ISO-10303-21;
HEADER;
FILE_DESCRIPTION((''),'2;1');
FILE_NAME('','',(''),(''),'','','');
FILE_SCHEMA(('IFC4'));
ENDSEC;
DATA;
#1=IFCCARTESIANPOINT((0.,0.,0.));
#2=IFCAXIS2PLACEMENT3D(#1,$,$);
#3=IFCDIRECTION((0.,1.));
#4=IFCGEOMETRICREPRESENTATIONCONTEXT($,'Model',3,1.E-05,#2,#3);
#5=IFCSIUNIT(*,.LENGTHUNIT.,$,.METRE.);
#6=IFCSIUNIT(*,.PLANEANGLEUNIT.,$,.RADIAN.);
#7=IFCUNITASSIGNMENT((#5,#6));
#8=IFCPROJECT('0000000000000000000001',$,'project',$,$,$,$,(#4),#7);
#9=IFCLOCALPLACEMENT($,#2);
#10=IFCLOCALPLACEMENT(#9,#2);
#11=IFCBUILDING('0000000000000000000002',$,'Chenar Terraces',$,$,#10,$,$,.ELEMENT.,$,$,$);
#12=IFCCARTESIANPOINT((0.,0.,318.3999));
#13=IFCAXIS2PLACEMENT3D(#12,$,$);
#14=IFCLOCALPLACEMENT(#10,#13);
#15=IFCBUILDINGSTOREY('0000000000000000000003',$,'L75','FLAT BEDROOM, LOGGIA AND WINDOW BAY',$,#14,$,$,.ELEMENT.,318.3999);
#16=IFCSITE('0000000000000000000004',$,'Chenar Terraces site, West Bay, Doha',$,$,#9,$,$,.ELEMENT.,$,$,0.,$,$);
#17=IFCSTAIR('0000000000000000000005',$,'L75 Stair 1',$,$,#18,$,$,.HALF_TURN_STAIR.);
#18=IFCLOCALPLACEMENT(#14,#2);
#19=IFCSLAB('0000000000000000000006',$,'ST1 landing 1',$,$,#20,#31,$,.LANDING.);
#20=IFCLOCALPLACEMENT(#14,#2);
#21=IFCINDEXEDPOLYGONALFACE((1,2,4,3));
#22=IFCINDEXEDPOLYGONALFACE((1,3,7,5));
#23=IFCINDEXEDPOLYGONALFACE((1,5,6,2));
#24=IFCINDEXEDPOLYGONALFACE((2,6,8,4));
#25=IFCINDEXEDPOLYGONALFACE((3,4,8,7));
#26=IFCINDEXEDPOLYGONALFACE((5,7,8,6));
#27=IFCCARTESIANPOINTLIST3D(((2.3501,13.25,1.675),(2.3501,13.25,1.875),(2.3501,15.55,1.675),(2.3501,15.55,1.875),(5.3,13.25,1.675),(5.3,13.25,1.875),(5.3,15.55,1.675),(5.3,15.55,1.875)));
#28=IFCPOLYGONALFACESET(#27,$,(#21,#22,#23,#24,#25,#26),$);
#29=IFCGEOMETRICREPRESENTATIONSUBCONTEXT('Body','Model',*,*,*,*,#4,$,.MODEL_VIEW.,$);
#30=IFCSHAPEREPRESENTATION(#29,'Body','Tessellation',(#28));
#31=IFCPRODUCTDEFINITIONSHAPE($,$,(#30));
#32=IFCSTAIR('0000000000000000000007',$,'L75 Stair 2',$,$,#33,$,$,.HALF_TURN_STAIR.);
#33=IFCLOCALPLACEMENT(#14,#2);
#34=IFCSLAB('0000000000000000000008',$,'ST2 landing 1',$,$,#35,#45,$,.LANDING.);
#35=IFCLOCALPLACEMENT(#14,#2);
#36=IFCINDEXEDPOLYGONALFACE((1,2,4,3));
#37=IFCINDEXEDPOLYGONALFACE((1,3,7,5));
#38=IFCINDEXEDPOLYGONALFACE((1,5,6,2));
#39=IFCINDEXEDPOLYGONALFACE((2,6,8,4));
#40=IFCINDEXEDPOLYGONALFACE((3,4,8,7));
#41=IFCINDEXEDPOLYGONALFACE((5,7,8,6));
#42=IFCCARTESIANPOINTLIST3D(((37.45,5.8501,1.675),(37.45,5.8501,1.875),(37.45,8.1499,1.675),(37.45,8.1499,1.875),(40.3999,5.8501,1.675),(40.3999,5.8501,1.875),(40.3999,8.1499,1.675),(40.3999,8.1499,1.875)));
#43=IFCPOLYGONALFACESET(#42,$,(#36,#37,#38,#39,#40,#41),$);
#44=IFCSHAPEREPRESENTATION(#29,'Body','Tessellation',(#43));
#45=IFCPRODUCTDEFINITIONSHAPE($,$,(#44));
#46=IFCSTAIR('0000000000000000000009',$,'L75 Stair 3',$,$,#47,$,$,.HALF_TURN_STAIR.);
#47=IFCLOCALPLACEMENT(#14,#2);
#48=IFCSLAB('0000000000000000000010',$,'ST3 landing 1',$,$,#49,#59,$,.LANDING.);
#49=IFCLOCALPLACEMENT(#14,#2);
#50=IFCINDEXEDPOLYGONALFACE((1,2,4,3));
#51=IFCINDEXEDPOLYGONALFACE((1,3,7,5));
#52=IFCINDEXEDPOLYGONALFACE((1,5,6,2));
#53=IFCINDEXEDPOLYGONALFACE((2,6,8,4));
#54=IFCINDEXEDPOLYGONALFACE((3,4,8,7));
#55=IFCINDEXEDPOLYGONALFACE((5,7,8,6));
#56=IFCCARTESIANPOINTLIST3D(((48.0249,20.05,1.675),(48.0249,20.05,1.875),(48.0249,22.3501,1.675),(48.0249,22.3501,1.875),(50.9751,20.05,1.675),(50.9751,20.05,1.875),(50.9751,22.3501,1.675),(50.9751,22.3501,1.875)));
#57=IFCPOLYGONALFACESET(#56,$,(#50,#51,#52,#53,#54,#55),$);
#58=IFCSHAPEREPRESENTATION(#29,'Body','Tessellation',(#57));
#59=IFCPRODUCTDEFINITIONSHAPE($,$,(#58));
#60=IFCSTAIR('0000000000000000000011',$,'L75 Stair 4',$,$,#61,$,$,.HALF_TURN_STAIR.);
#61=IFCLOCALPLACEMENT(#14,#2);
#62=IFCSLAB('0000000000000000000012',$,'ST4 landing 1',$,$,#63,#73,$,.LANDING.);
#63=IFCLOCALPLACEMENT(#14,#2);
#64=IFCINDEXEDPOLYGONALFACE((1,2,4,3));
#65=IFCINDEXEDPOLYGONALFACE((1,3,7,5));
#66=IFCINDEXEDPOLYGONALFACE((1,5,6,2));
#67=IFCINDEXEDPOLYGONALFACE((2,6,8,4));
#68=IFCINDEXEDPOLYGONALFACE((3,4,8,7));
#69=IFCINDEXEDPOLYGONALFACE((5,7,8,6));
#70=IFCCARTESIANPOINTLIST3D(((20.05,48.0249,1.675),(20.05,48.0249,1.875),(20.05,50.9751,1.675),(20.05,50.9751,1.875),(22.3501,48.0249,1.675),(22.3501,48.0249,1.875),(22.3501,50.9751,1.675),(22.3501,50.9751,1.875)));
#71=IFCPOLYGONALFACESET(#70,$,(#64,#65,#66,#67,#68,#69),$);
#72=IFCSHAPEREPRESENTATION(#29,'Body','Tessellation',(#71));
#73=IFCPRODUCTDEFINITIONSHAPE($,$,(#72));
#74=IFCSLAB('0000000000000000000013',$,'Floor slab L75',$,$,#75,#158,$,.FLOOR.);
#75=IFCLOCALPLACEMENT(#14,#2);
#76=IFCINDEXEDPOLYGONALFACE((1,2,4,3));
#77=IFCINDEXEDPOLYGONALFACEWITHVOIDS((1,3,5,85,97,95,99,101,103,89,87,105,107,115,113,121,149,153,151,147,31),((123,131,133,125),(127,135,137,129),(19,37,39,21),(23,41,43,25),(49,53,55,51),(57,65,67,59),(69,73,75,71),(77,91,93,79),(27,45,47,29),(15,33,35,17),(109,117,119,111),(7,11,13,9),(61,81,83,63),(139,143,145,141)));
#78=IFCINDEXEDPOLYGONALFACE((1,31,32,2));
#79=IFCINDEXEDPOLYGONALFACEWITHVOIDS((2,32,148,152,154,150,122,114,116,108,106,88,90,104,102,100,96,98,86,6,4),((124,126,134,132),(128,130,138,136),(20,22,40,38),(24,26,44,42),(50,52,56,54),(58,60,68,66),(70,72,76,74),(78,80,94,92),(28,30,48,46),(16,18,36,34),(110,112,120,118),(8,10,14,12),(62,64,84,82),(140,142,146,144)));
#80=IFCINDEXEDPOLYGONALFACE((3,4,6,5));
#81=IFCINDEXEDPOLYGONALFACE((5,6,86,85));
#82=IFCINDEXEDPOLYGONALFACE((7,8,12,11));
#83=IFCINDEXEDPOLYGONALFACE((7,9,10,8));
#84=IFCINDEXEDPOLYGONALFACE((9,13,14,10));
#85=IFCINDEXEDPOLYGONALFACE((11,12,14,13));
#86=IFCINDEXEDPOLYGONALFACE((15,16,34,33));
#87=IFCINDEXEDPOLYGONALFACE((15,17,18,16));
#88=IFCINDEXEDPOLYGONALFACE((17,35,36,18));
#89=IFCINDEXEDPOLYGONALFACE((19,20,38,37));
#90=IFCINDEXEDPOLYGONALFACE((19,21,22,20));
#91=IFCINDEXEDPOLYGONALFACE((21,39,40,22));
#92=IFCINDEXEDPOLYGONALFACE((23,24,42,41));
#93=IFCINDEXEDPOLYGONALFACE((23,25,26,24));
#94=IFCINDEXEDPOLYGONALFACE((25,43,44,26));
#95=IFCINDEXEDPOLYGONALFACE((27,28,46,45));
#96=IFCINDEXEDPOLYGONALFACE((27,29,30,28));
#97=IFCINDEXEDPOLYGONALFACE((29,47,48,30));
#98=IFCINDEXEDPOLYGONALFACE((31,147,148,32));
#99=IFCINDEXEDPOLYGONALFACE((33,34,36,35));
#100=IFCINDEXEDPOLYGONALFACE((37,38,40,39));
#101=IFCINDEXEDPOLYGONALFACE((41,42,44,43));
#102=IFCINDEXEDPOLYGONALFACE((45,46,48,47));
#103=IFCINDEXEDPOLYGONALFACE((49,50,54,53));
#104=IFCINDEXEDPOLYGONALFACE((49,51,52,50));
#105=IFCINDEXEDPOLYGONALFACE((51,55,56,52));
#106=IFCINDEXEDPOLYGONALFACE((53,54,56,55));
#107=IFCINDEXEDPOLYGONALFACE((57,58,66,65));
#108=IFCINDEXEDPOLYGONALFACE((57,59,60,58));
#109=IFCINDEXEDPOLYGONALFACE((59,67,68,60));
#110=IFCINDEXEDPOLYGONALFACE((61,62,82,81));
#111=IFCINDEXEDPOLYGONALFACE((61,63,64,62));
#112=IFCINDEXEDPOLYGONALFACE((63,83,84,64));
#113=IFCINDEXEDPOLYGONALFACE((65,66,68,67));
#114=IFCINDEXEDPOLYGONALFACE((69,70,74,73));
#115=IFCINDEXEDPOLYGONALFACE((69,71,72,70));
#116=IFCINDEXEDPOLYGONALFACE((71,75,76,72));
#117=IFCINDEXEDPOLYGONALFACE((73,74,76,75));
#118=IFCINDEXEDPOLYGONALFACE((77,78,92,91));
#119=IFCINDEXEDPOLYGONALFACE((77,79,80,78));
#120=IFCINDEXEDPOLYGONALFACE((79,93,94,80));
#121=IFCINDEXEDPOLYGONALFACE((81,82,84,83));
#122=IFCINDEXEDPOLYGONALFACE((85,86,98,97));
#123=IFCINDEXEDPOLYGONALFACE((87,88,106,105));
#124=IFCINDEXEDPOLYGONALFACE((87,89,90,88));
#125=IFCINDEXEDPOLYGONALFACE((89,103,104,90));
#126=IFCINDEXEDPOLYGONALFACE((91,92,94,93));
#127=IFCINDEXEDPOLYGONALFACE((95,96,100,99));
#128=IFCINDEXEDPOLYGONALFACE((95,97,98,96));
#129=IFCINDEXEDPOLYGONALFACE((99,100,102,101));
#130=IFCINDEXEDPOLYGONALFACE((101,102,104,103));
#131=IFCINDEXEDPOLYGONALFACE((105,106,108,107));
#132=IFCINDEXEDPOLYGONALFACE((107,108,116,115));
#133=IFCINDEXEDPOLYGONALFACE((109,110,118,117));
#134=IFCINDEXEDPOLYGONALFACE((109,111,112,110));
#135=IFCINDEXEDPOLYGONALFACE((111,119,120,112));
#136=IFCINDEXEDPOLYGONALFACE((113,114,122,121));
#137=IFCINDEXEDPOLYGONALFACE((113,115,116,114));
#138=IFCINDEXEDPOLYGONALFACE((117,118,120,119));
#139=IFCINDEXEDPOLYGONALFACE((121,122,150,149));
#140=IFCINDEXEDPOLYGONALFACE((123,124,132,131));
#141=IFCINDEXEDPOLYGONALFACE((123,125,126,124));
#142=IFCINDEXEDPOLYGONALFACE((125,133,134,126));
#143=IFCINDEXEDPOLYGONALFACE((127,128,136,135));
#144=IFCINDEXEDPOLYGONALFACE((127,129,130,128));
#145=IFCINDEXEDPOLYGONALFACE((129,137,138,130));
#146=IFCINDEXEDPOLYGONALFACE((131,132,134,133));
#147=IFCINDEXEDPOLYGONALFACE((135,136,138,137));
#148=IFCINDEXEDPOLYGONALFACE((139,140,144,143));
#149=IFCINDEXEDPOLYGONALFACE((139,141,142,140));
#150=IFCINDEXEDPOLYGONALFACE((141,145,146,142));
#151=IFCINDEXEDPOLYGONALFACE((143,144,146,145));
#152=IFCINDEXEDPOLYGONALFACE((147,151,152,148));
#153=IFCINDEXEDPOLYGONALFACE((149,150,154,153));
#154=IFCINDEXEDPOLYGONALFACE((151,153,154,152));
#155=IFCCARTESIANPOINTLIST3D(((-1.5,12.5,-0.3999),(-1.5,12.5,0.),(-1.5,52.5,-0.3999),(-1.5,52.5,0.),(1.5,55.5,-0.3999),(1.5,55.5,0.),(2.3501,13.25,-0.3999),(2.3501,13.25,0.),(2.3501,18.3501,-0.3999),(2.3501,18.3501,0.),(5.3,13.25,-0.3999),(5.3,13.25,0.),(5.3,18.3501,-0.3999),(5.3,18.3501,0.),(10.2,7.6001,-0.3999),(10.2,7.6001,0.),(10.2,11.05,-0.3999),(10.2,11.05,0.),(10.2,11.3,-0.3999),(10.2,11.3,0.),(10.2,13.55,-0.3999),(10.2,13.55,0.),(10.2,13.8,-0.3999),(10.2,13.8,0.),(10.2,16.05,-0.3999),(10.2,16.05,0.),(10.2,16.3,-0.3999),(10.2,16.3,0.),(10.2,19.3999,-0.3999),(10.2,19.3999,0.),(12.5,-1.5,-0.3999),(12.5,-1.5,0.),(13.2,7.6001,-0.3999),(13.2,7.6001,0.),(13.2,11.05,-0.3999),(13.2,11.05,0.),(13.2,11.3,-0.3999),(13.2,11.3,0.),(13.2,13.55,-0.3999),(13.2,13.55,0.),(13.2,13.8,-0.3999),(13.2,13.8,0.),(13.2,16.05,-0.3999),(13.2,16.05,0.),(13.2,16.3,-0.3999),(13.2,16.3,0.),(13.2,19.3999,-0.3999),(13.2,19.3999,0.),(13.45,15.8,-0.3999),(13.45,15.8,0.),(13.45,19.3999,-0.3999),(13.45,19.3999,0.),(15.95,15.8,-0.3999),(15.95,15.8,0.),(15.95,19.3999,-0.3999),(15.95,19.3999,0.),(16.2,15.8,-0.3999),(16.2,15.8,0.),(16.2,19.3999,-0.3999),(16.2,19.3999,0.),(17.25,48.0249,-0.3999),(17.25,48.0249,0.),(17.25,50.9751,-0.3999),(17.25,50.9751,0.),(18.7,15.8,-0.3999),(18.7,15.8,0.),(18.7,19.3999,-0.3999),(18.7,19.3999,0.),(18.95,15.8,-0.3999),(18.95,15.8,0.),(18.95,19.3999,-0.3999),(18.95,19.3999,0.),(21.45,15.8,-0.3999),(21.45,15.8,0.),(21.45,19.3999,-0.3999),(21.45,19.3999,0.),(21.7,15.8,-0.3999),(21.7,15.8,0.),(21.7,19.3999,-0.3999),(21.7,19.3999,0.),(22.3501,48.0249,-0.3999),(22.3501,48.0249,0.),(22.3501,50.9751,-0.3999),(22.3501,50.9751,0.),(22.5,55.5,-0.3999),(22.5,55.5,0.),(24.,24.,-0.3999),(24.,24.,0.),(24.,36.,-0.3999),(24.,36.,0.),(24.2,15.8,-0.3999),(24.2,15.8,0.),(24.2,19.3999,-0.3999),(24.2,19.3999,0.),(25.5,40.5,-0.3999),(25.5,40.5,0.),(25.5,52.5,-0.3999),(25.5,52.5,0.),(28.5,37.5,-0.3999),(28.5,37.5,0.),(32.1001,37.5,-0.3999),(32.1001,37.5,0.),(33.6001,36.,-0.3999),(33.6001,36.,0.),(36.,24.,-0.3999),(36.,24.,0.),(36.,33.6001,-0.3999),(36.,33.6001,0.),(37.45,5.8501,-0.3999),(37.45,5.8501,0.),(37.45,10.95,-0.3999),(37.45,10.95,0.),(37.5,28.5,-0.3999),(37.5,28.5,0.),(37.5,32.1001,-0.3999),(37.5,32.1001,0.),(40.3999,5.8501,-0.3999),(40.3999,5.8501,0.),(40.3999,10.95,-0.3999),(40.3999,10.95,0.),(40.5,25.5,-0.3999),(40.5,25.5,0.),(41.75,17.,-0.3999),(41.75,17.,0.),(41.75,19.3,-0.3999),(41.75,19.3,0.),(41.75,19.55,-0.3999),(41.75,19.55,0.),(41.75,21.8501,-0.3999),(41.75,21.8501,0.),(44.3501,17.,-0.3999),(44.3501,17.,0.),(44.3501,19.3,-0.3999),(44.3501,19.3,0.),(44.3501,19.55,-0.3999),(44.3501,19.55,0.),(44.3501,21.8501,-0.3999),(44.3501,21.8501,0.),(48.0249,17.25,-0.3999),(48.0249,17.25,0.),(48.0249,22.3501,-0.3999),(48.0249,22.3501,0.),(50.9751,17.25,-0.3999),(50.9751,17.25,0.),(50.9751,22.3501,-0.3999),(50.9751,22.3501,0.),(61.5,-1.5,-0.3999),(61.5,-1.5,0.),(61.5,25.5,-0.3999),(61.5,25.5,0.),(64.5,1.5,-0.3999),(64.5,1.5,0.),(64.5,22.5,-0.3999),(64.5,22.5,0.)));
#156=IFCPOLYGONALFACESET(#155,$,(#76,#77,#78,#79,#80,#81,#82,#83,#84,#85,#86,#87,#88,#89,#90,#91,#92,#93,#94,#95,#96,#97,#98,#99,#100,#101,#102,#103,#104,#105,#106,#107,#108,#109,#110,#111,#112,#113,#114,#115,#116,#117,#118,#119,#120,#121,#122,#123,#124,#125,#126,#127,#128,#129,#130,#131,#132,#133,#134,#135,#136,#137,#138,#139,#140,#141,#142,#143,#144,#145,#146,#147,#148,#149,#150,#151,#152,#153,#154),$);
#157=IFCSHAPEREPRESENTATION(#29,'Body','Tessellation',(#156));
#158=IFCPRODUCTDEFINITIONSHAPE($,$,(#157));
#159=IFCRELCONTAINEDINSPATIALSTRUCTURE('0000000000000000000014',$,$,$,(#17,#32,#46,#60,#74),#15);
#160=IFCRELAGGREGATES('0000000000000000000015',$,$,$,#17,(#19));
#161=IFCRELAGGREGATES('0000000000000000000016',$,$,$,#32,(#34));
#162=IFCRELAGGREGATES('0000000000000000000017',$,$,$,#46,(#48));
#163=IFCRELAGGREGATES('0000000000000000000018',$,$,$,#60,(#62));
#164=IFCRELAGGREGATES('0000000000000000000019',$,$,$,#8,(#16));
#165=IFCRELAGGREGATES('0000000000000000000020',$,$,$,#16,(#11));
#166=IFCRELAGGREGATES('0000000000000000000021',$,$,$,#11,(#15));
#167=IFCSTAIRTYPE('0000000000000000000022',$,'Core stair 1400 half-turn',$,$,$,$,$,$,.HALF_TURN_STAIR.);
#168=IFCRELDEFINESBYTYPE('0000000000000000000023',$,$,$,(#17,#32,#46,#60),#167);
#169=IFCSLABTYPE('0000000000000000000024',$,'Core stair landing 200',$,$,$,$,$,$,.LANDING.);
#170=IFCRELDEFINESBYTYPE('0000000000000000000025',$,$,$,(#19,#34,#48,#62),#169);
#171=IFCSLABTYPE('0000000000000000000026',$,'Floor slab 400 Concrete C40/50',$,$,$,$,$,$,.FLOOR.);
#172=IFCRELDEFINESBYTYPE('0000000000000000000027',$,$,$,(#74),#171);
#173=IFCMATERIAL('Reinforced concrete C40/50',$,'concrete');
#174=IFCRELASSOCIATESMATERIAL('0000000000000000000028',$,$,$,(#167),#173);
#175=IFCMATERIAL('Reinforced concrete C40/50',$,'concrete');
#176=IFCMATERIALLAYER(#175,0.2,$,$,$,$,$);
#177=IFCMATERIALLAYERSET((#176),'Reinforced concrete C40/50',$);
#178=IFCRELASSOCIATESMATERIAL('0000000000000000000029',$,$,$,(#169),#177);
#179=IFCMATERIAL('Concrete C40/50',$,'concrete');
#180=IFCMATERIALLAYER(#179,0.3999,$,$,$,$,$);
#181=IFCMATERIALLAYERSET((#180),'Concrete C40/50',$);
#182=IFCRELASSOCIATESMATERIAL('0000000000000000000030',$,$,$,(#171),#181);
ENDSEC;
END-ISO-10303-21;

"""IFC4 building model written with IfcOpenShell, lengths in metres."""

from ifc_helpers import new_model, si_unit, direction, frame, origin, place, context, subcontext, project, spatial, polyline, outline, extrude, material, layer, layer_set, type_object, element, aggregate, save


model = new_model("IFC4")

# Units and contexts
model_context = context("Model", 3, precision=1e-05, world=origin(), true_north=direction((0.0, 1.0)))
body_context = subcontext(model_context, "Body", "Model", "MODEL_VIEW")
ifc_project = project(units=[si_unit("LENGTHUNIT", "METRE"), si_unit("PLANEANGLEUNIT", "RADIAN")], contexts=[model_context])

# Site, building, storey
site_placement = place(None, origin())
site = spatial("IfcSite", under=ifc_project, at=site_placement, Name="Chenar Terraces site, West Bay, Doha", CompositionType="ELEMENT", RefElevation=0.0)
building_placement = place(site_placement, origin())
building = spatial("IfcBuilding", under=site, at=building_placement, Name="Chenar Terraces", CompositionType="ELEMENT")
storey_placement = place(building_placement, frame((0.0, 0.0, 318.3999)))
storey = spatial("IfcBuildingStorey", under=building, at=storey_placement, Name="L75", Description="FLAT BEDROOM, LOGGIA AND WINDOW BAY", CompositionType="ELEMENT", Elevation=318.3999)

# Stairs, slabs
ifc_material_1 = material(Name="Reinforced concrete C40/50", Category="concrete")
stair_type = type_object("IfcStairType", Name="Core stair 1400 half-turn", PredefinedType="HALF_TURN_STAIR", material=ifc_material_1)
placement_1 = place(storey_placement, origin())
stair_1 = element("IfcStair", 1, at=placement_1, inside=storey, type_object=stair_type, Name="L75 Stair 1", PredefinedType="HALF_TURN_STAIR")
ifc_material_2 = material(Name="Reinforced concrete C40/50", Category="concrete")
ifc_layer_1 = layer(ifc_material_2, 0.2)
ifc_layer_set_1 = layer_set([ifc_layer_1], Name="Reinforced concrete C40/50")
slab_type_1 = type_object("IfcSlabType", Name="Core stair landing 200", PredefinedType="LANDING", material=ifc_layer_set_1)
placement_2 = place(storey_placement, frame((0.0, 0.0, 1.675)))
slab_1 = element("IfcSlab", 2, at=placement_2, type_object=slab_type_1, Name="ST1 landing 1", PredefinedType="LANDING", context=body_context, shape_type="SweptSolid", body=[
    extrude(outline(polyline([(2.3501, 15.55), (2.3501, 13.25), (5.3, 13.25), (5.3, 15.55), (2.3501, 15.55)])), origin(), (0.0, 0.0, 1.0), 0.2),
])
aggregate(stair_1, [slab_1])
stair_2 = element("IfcStair", 3, at=placement_1, inside=storey, type_object=stair_type, Name="L75 Stair 2", PredefinedType="HALF_TURN_STAIR")
slab_2 = element("IfcSlab", 4, at=placement_2, type_object=slab_type_1, Name="ST2 landing 1", PredefinedType="LANDING", context=body_context, shape_type="SweptSolid", body=[
    extrude(outline(polyline([(37.45, 8.1499), (37.45, 5.8501), (40.3999, 5.8501), (40.3999, 8.1499), (37.45, 8.1499)])), origin(), (0.0, 0.0, 1.0), 0.2),
])
aggregate(stair_2, [slab_2])
stair_3 = element("IfcStair", 5, at=placement_1, inside=storey, type_object=stair_type, Name="L75 Stair 3", PredefinedType="HALF_TURN_STAIR")
slab_3 = element("IfcSlab", 6, at=placement_2, type_object=slab_type_1, Name="ST3 landing 1", PredefinedType="LANDING", context=body_context, shape_type="SweptSolid", body=[
    extrude(outline(polyline([(50.9751, 20.05), (50.9751, 22.3501), (48.0249, 22.3501), (48.0249, 20.05), (50.9751, 20.05)])), origin(), (0.0, 0.0, 1.0), 0.2),
])
aggregate(stair_3, [slab_3])
stair_4 = element("IfcStair", 7, at=placement_1, inside=storey, type_object=stair_type, Name="L75 Stair 4", PredefinedType="HALF_TURN_STAIR")
slab_4 = element("IfcSlab", 8, at=placement_2, type_object=slab_type_1, Name="ST4 landing 1", PredefinedType="LANDING", context=body_context, shape_type="SweptSolid", body=[
    extrude(outline(polyline([(20.05, 48.0249), (22.3501, 48.0249), (22.3501, 50.9751), (20.05, 50.9751), (20.05, 48.0249)])), origin(), (0.0, 0.0, 1.0), 0.2),
])
aggregate(stair_4, [slab_4])

# Slab
ifc_material_3 = material(Name="Concrete C40/50", Category="concrete")
ifc_layer_2 = layer(ifc_material_3, 0.3999)
ifc_layer_set_2 = layer_set([ifc_layer_2], Name="Concrete C40/50")
slab_type_2 = type_object("IfcSlabType", Name="Floor slab 400 Concrete C40/50", PredefinedType="FLOOR", material=ifc_layer_set_2)
slab_5_placement = place(storey_placement, frame((0.0, 0.0, -0.3999)))
element("IfcSlab", 9, at=slab_5_placement, inside=storey, type_object=slab_type_2, Name="Floor slab L75", PredefinedType="FLOOR", context=body_context, shape_type="SweptSolid", body=[
    extrude(outline(polyline([(64.5, 22.5), (64.5, 1.5), (61.5, -1.5), (12.5, -1.5), (-1.5, 12.5), (-1.5, 52.5), (1.5, 55.5), (22.5, 55.5), (25.5, 52.5), (25.5, 40.5), (28.5, 37.5), (32.1001, 37.5), (33.6001, 36.0), (24.0, 36.0), (24.0, 24.0), (36.0, 24.0), (36.0, 33.6001), (37.5, 32.1001), (37.5, 28.5), (40.5, 25.5), (61.5, 25.5), (64.5, 22.5)]), holes=[polyline([(10.2, 11.05), (10.2, 7.6001), (13.2, 7.6001), (13.2, 11.05), (10.2, 11.05)]), polyline([(13.2, 13.55), (10.2, 13.55), (10.2, 11.3), (13.2, 11.3), (13.2, 13.55)]), polyline([(13.2, 16.05), (10.2, 16.05), (10.2, 13.8), (13.2, 13.8), (13.2, 16.05)]), polyline([(2.3501, 13.25), (5.3, 13.25), (5.3, 18.3501), (2.3501, 18.3501), (2.3501, 13.25)]), polyline([(15.95, 19.3999), (13.45, 19.3999), (13.45, 15.8), (15.95, 15.8), (15.95, 19.3999)]), polyline([(18.7, 19.3999), (16.2, 19.3999), (16.2, 15.8), (18.7, 15.8), (18.7, 19.3999)]), polyline([(13.2, 19.3999), (10.2, 19.3999), (10.2, 16.3), (13.2, 16.3), (13.2, 19.3999)]), polyline([(22.3501, 48.0249), (22.3501, 50.9751), (17.25, 50.9751), (17.25, 48.0249), (22.3501, 48.0249)]), polyline([(37.45, 5.8501), (40.3999, 5.8501), (40.3999, 10.95), (37.45, 10.95), (37.45, 5.8501)]), polyline([(21.45, 19.3999), (18.95, 19.3999), (18.95, 15.8), (21.45, 15.8), (21.45, 19.3999)]), polyline([(24.2, 19.3999), (21.7, 19.3999), (21.7, 15.8), (24.2, 15.8), (24.2, 19.3999)]), polyline([(44.3501, 19.3), (41.75, 19.3), (41.75, 17.0), (44.3501, 17.0), (44.3501, 19.3)]), polyline([(50.9751, 22.3501), (48.0249, 22.3501), (48.0249, 17.25), (50.9751, 17.25), (50.9751, 22.3501)]), polyline([(44.3501, 21.8501), (41.75, 21.8501), (41.75, 19.55), (44.3501, 19.55), (44.3501, 21.8501)])]), origin(), (0.0, 0.0, 1.0), 0.3999),
])

save(model, "model.ifc")
